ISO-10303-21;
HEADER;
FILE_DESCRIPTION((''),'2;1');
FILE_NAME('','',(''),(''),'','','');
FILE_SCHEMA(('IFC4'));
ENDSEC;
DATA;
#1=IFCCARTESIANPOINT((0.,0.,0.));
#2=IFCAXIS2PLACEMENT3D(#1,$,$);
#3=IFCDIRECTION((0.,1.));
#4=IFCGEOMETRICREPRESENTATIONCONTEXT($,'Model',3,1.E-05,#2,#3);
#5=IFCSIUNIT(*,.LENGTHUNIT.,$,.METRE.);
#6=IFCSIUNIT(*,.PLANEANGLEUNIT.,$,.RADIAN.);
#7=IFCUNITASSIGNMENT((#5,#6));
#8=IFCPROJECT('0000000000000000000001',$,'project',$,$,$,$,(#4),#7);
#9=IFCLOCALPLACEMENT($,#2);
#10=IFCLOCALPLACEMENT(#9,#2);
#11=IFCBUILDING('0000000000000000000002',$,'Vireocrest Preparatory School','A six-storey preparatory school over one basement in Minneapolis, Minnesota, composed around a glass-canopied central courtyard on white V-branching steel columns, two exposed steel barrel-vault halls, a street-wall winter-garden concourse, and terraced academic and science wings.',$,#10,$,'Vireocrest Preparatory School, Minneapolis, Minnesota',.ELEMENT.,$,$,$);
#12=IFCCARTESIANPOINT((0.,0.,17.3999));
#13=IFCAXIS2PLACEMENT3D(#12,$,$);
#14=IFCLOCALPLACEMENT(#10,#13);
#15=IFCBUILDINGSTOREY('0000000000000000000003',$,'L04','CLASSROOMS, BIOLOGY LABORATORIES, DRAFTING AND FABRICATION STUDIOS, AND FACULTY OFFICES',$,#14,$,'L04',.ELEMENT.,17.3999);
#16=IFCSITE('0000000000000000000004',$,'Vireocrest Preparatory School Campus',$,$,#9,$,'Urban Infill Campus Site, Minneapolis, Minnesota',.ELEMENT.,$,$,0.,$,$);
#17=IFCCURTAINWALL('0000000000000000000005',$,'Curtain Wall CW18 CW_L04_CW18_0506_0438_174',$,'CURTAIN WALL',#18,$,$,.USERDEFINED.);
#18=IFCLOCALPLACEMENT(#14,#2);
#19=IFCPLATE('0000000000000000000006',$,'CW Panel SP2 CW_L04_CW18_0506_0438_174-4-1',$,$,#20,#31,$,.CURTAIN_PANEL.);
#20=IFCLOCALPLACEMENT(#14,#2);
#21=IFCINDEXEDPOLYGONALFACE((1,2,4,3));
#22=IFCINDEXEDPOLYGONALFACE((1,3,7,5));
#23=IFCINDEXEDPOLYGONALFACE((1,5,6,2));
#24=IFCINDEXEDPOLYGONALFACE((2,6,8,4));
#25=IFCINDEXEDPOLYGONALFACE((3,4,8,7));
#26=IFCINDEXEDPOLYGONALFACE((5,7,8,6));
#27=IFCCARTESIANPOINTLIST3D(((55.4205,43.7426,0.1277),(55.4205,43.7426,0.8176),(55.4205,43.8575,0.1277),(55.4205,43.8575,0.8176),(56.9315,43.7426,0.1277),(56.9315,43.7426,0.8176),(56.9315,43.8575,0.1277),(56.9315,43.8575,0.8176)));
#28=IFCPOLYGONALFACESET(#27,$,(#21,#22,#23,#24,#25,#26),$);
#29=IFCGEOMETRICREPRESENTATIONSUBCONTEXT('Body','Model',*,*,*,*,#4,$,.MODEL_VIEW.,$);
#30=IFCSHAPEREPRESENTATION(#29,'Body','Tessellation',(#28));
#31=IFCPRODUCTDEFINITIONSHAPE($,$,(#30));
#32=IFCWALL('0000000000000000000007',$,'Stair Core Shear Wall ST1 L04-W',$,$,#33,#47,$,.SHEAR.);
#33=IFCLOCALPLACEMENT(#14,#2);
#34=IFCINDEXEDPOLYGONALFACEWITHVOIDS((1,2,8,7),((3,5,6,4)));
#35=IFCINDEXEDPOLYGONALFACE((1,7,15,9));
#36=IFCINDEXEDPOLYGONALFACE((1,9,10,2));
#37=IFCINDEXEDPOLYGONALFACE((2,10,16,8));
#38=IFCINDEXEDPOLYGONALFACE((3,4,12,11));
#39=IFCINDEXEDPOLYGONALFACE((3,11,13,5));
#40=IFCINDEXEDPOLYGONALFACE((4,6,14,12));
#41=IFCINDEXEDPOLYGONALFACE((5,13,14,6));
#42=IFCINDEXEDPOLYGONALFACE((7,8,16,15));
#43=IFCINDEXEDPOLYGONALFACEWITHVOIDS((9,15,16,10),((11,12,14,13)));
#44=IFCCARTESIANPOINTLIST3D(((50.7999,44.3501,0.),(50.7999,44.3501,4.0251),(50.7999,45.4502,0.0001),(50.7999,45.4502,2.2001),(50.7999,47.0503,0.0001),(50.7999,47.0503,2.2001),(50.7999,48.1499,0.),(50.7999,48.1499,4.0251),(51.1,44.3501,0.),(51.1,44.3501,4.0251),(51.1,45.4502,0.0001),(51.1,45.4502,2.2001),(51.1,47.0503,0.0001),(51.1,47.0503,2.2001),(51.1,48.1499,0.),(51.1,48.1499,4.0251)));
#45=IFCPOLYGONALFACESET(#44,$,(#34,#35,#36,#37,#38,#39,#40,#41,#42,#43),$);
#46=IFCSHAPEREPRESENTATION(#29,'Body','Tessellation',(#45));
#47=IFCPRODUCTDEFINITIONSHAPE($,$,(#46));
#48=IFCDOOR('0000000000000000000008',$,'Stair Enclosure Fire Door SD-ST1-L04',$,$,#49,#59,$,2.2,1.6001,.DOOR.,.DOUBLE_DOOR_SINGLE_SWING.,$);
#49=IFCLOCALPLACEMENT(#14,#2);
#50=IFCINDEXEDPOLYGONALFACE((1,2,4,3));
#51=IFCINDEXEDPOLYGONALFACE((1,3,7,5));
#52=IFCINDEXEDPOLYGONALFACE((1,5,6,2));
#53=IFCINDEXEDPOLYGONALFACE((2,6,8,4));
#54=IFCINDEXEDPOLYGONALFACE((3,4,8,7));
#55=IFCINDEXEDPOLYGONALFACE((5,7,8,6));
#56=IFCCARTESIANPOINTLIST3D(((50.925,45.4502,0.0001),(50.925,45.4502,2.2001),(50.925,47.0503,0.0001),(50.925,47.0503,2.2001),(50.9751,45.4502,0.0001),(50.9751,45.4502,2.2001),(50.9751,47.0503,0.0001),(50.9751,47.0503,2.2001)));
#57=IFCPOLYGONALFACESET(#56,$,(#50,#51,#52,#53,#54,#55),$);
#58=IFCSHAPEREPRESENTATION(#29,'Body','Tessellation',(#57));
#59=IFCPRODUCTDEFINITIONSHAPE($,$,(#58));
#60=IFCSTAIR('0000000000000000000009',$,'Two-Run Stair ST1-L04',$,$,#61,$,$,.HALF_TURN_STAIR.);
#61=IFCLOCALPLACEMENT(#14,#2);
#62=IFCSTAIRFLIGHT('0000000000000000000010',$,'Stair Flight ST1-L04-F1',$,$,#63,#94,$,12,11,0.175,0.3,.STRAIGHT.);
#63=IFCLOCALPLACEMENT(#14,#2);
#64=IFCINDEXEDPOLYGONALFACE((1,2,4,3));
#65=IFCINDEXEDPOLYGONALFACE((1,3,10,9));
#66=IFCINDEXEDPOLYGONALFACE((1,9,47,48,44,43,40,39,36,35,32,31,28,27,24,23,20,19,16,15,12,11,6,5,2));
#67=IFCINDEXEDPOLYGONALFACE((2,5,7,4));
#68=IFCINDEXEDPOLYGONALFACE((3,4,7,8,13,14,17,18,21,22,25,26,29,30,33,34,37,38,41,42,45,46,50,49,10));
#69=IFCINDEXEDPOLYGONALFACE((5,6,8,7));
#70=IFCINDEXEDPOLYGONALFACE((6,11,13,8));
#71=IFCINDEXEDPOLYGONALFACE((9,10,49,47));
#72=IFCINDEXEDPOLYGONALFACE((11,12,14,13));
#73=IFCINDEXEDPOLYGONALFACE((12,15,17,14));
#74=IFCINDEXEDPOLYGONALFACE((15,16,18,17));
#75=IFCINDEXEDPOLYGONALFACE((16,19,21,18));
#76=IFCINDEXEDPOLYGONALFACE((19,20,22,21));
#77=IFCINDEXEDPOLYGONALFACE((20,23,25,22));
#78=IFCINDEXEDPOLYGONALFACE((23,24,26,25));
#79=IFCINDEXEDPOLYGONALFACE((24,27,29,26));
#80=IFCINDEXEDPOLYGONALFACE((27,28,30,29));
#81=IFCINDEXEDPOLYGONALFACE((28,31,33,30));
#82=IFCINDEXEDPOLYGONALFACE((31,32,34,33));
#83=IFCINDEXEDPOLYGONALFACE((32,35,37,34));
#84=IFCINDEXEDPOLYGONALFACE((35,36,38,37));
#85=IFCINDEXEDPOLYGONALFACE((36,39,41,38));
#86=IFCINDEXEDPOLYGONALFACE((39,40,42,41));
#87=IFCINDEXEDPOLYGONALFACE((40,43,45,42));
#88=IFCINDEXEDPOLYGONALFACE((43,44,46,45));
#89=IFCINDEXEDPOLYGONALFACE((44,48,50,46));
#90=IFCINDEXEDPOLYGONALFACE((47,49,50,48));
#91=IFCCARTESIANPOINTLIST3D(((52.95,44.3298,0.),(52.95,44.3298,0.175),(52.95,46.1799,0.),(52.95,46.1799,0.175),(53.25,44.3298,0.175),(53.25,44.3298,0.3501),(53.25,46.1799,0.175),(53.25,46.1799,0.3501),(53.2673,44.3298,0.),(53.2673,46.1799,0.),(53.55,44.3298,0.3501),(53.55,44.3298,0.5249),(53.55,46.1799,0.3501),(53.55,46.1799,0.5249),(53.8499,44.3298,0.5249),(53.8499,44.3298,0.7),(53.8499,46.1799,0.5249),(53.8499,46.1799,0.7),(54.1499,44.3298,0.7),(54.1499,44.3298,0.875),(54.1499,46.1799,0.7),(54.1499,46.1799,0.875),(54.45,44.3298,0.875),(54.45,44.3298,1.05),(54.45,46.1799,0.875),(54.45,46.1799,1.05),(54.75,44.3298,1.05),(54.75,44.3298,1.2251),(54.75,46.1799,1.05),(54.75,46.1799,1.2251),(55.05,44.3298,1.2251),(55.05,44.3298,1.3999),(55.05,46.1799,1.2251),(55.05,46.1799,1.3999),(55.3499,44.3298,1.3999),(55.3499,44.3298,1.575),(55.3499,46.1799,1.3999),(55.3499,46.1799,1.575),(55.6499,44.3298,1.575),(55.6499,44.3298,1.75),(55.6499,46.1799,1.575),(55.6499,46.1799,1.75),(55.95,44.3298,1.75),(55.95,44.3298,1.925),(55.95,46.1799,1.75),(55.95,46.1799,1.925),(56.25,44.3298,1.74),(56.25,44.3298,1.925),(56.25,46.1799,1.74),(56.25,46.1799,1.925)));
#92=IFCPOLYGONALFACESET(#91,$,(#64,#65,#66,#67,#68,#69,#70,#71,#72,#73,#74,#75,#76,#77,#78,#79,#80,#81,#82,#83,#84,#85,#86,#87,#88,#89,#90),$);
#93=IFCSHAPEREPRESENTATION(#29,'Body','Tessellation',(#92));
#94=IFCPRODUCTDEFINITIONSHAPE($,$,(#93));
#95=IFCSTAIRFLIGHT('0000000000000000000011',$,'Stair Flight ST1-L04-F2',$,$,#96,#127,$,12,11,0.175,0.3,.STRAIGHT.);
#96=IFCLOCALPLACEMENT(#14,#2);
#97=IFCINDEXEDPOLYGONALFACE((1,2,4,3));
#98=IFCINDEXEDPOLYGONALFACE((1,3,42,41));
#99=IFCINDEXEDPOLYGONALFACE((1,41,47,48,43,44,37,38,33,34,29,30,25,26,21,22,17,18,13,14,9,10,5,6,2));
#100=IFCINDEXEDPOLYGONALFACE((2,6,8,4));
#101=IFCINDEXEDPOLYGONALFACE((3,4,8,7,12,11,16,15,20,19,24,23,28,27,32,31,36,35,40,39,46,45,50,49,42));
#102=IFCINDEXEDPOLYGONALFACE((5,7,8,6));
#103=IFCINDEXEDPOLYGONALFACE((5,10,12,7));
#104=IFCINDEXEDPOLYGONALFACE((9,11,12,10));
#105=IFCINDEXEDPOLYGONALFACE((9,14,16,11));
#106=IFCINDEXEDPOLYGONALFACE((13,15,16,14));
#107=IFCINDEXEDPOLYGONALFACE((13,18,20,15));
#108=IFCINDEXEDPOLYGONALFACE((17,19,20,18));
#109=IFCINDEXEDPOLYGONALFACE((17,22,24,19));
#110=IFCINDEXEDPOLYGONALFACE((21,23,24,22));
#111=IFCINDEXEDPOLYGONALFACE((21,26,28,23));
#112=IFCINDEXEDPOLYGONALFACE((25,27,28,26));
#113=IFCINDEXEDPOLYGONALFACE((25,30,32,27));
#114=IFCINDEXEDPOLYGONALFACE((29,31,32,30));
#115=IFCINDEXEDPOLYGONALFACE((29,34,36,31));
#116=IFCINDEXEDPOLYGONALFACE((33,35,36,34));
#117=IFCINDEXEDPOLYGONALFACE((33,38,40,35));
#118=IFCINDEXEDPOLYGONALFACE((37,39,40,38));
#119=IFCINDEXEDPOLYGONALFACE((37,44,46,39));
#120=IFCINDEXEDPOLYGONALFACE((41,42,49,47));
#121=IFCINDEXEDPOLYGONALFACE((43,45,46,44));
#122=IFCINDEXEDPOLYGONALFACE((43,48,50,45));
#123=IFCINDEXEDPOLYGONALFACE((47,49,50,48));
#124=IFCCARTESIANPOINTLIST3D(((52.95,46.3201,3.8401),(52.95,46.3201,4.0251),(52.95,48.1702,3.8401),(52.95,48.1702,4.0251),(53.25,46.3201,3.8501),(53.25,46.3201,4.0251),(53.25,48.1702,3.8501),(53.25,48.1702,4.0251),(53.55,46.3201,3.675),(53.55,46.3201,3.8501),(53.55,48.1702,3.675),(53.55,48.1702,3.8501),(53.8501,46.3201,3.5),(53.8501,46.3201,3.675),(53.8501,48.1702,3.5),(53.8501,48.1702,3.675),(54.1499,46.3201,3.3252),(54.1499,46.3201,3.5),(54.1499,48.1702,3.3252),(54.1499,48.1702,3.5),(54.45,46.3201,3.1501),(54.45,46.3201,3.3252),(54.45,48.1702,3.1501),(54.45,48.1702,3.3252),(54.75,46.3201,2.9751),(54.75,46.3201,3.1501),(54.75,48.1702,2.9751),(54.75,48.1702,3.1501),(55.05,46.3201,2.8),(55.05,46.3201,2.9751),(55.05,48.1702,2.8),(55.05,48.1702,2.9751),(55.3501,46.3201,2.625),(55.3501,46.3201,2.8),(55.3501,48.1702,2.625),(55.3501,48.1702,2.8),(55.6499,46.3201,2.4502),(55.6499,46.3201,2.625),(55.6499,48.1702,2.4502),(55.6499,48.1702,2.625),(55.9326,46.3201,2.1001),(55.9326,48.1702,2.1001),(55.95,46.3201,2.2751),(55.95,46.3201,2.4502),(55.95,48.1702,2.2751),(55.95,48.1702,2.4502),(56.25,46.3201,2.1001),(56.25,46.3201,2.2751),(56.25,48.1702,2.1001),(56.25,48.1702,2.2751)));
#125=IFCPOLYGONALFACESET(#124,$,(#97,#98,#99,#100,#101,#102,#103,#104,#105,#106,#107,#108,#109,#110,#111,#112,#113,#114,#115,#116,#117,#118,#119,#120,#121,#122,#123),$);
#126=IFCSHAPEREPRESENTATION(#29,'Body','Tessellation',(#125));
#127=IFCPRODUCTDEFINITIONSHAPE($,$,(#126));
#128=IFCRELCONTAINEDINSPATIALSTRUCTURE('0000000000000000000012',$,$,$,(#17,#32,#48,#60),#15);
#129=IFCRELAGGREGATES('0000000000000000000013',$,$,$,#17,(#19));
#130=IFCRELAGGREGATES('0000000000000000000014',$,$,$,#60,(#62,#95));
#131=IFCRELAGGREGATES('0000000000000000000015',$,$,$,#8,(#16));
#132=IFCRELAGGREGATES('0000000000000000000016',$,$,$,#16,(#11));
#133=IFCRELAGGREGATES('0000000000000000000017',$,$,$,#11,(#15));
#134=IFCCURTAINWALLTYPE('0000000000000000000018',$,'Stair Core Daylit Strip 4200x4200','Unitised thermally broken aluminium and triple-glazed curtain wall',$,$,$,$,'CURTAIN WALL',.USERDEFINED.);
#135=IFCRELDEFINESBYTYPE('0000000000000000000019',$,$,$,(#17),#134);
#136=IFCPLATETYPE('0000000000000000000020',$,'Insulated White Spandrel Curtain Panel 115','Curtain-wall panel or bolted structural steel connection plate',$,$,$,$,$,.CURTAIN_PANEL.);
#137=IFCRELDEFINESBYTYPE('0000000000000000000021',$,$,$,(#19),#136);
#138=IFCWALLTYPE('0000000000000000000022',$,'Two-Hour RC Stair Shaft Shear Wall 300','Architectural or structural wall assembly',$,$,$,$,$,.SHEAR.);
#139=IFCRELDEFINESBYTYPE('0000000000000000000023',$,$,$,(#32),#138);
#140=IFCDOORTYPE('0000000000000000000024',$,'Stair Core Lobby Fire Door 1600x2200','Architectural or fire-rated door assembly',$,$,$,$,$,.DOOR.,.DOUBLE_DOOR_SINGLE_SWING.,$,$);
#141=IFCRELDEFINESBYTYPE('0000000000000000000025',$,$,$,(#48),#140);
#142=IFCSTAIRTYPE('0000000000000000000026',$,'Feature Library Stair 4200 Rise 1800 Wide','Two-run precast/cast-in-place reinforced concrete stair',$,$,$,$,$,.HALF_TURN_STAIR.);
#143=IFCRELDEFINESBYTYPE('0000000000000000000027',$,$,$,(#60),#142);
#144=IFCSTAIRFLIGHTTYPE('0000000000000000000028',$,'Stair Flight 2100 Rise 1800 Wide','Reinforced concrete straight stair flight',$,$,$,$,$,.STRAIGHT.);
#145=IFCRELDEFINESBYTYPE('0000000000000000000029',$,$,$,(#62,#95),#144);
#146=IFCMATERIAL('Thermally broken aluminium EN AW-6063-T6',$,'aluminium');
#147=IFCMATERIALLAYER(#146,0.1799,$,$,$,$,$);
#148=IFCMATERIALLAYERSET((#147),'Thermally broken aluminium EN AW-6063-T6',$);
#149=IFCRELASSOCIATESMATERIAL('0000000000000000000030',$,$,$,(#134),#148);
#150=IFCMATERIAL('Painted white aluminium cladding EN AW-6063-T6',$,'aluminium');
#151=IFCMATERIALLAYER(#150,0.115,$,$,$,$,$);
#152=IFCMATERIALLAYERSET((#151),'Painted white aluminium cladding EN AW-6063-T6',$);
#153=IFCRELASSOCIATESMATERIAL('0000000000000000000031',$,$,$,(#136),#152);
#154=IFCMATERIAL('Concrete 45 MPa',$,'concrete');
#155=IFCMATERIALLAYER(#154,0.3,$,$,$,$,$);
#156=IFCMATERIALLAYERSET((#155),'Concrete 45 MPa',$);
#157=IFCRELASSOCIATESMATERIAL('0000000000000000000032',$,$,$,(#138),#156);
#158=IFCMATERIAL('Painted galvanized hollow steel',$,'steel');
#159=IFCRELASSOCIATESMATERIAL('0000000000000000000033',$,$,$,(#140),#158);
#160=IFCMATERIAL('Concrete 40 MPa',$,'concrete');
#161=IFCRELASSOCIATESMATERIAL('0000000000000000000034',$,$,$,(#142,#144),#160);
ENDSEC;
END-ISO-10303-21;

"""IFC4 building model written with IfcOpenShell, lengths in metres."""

from ifc_helpers import new_model, si_unit, direction, frame, frame_2d, origin, origin_2d, place, context, subcontext, project, spatial, polyline, rectangle, outline, extrude, material, layer, layer_set, type_object, element, fill, aggregate, save


model = new_model("IFC4")

# Units and contexts
model_context = context("Model", 3, precision=1e-05, world=origin(), true_north=direction((0.0, 1.0)))
body_context = subcontext(model_context, "Body", "Model", "MODEL_VIEW")
ifc_project = project(units=[si_unit("LENGTHUNIT", "METRE"), si_unit("PLANEANGLEUNIT", "RADIAN")], contexts=[model_context])

# Site, building, storey
site_placement = place(None, origin())
site = spatial("IfcSite", under=ifc_project, at=site_placement, Name="Vireocrest Preparatory School Campus", LongName="Urban Infill Campus Site, Minneapolis, Minnesota", CompositionType="ELEMENT", RefElevation=0.0)
building_placement = place(site_placement, origin())
building = spatial("IfcBuilding", under=site, at=building_placement, Name="Vireocrest Preparatory School", Description="A six-storey preparatory school over one basement in Minneapolis, Minnesota, composed around a glass-canopied central courtyard on white V-branching steel columns, two exposed steel barrel-vault halls, a street-wall winter-garden concourse, and terraced academic and science wings.", LongName="Vireocrest Preparatory School, Minneapolis, Minnesota", CompositionType="ELEMENT")
storey_placement = place(building_placement, frame((0.0, 0.0, 17.3999)))
storey = spatial("IfcBuildingStorey", under=building, at=storey_placement, Name="L04", Description="CLASSROOMS, BIOLOGY LABORATORIES, DRAFTING AND FABRICATION STUDIOS, AND FACULTY OFFICES", LongName="L04", CompositionType="ELEMENT", Elevation=17.3999)

# Curtain wall, plate
ifc_material_1 = material(Name="Thermally broken aluminium EN AW-6063-T6", Category="aluminium")
ifc_layer_1 = layer(ifc_material_1, 0.1799)
ifc_layer_set_1 = layer_set([ifc_layer_1], Name="Thermally broken aluminium EN AW-6063-T6")
curtain_wall_type = type_object("IfcCurtainWallType", Name="Stair Core Daylit Strip 4200x4200", Description="Unitised thermally broken aluminium and triple-glazed curtain wall", ElementType="CURTAIN WALL", PredefinedType="USERDEFINED", material=ifc_layer_set_1)
curtain_wall_placement = place(storey_placement, origin())
curtain_wall = element("IfcCurtainWall", 1, at=curtain_wall_placement, inside=storey, type_object=curtain_wall_type, Name="Curtain Wall CW18 CW_L04_CW18_0506_0438_174", ObjectType="CURTAIN WALL", PredefinedType="USERDEFINED")
ifc_material_2 = material(Name="Painted white aluminium cladding EN AW-6063-T6", Category="aluminium")
ifc_layer_2 = layer(ifc_material_2, 0.115)
ifc_layer_set_2 = layer_set([ifc_layer_2], Name="Painted white aluminium cladding EN AW-6063-T6")
plate_type_1 = type_object("IfcPlateType", Name="Insulated White Spandrel Curtain Panel 115", Description="Curtain-wall panel or bolted structural steel connection plate", PredefinedType="CURTAIN_PANEL", material=ifc_layer_set_2)
plate_1_placement = place(storey_placement, frame((56.176, 43.8, 0.1277), z_axis=(0.0, 0.0, 1.0), x_axis=(1.0, 0.0, 0.0)))
plate_1 = element("IfcPlate", 2, at=plate_1_placement, type_object=plate_type_1, Name="CW Panel SP2 CW_L04_CW18_0506_0438_174-4-1", PredefinedType="CURTAIN_PANEL", context=body_context, shape_type="SweptSolid", body=[
    extrude(rectangle(XDim=1.511, YDim=0.115, at=origin_2d()), origin(), (0.0, 0.0, 1.0), 0.6899),
])
aggregate(curtain_wall, [plate_1])

# Wall, opening, door
ifc_material_3 = material(Name="Concrete 45 MPa", Category="concrete")
ifc_layer_3 = layer(ifc_material_3, 0.3)
ifc_layer_set_3 = layer_set([ifc_layer_3], Name="Concrete 45 MPa")
wall_type = type_object("IfcWallType", Name="Two-Hour RC Stair Shaft Shear Wall 300", Description="Architectural or structural wall assembly", PredefinedType="SHEAR", material=ifc_layer_set_3)
wall_placement = place(storey_placement, frame((50.95, 44.3501, 0.0), z_axis=(0.0, 0.0, 1.0), x_axis=(0.0, 1.0, 0.0)))
wall = element("IfcWall", 3, at=wall_placement, inside=storey, type_object=wall_type, Name="Stair Core Shear Wall ST1 L04-W", PredefinedType="SHEAR", context=body_context, shape_type="SweptSolid", body=[
    extrude(rectangle(XDim=3.7998, YDim=0.3, at=frame_2d((1.8999, 0.0))), origin(), (0.0, 0.0, 1.0), 4.0251),
])
opening_placement = place(wall_placement, frame((1.1001, 0.0, 0.0)))
opening = element("IfcOpeningElement", 4, at=opening_placement, cuts=wall, PredefinedType="OPENING", context=body_context, shape_type="SweptSolid", body=[
    extrude(rectangle(XDim=1.6001, YDim=2.2, at=frame_2d((0.8, 1.1001))), frame((0.0, 0.1599, 0.0), z_axis=(0.0, -1.0, 0.0), x_axis=(1.0, 0.0, 0.0)), (0.0, 0.0, 1.0), 0.3201),
])
ifc_material_4 = material(Name="Painted galvanized hollow steel", Category="steel")
door_type = type_object("IfcDoorType", Name="Stair Core Lobby Fire Door 1600x2200", Description="Architectural or fire-rated door assembly", OperationType="DOUBLE_DOOR_SINGLE_SWING", PredefinedType="DOOR", material=ifc_material_4)
door_placement = place(opening_placement, origin())
door = element("IfcDoor", 5, at=door_placement, inside=storey, type_object=door_type, Name="Stair Enclosure Fire Door SD-ST1-L04", OperationType="DOUBLE_DOOR_SINGLE_SWING", OverallHeight=2.2, OverallWidth=1.6001, PredefinedType="DOOR", context=body_context, shape_type="SweptSolid", body=[
    extrude(rectangle(XDim=1.6001, YDim=2.2, at=frame_2d((0.8, 1.1001))), frame((0.0, 0.0249, 0.0), z_axis=(0.0, -1.0, 0.0), x_axis=(1.0, 0.0, 0.0)), (0.0, 0.0, 1.0), 0.05),
])
fill(opening, door)

# Stair, stair flights
ifc_material_5 = material(Name="Concrete 40 MPa", Category="concrete")
stair_type = type_object("IfcStairType", Name="Feature Library Stair 4200 Rise 1800 Wide", Description="Two-run precast/cast-in-place reinforced concrete stair", PredefinedType="HALF_TURN_STAIR", material=ifc_material_5)
stair_placement = place(storey_placement, origin())
stair = element("IfcStair", 6, at=stair_placement, inside=storey, type_object=stair_type, Name="Two-Run Stair ST1-L04", PredefinedType="HALF_TURN_STAIR")
stair_flight_type = type_object("IfcStairFlightType", Name="Stair Flight 2100 Rise 1800 Wide", Description="Reinforced concrete straight stair flight", PredefinedType="STRAIGHT", material=ifc_material_5)
stair_flight_1_placement = place(storey_placement, frame((52.95, 45.2549, 0.0), z_axis=(0.0, 0.0, 1.0), x_axis=(1.0, 0.0, 0.0)))
stair_flight_1 = element("IfcStairFlight", 7, at=stair_flight_1_placement, type_object=stair_flight_type, Name="Stair Flight ST1-L04-F1", NumberOfRisers=12, NumberOfTreads=11, PredefinedType="STRAIGHT", RiserHeight=0.175, TreadLength=0.3, context=body_context, shape_type="SweptSolid", body=[
    extrude(outline(polyline([(0.0, 0.0), (0.0, 0.175), (0.3, 0.175), (0.3, 0.3501), (0.6001, 0.3501), (0.6001, 0.5249), (0.8999, 0.5249), (0.8999, 0.7), (1.2, 0.7), (1.2, 0.875), (1.5, 0.875), (1.5, 1.05), (1.8, 1.05), (1.8, 1.2251), (2.1001, 1.2251), (2.1001, 1.3999), (2.3999, 1.3999), (2.3999, 1.575), (2.7, 1.575), (2.7, 1.75), (3.0, 1.75), (3.0, 1.925), (3.3, 1.925), (3.3, 2.1001), (3.3, 1.74), (0.3174, 0.0), (0.0, 0.0)])), frame((0.0, 0.925, 0.0), z_axis=(0.0, -1.0, 0.0), x_axis=(1.0, 0.0, 0.0)), (0.0, 0.0, 1.0), 1.8501),
])
stair_flight_2_placement = place(storey_placement, frame((56.25, 47.2451, 2.1001), z_axis=(0.0, 0.0, 1.0), x_axis=(-1.0, 0.0, 0.0)))
stair_flight_2 = element("IfcStairFlight", 8, at=stair_flight_2_placement, type_object=stair_flight_type, Name="Stair Flight ST1-L04-F2", NumberOfRisers=12, NumberOfTreads=11, PredefinedType="STRAIGHT", RiserHeight=0.175, TreadLength=0.3, context=body_context, shape_type="SweptSolid", body=[
    extrude(outline(polyline([(0.0, 0.0), (0.0, 0.175), (0.3, 0.175), (0.3, 0.3501), (0.6001, 0.3501), (0.6001, 0.5249), (0.8999, 0.5249), (0.8999, 0.7), (1.2, 0.7), (1.2, 0.875), (1.5, 0.875), (1.5, 1.05), (1.8, 1.05), (1.8, 1.2251), (2.1001, 1.2251), (2.1001, 1.3999), (2.3999, 1.3999), (2.3999, 1.575), (2.7, 1.575), (2.7, 1.75), (3.0, 1.75), (3.0, 1.925), (3.3, 1.925), (3.3, 2.1001), (3.3, 1.74), (0.3174, 0.0), (0.0, 0.0)])), frame((0.0, 0.925, 0.0), z_axis=(0.0, -1.0, 0.0), x_axis=(1.0, 0.0, 0.0)), (0.0, 0.0, 1.0), 1.8501),
])
aggregate(stair, [stair_flight_1, stair_flight_2])

save(model, "model.ifc")
